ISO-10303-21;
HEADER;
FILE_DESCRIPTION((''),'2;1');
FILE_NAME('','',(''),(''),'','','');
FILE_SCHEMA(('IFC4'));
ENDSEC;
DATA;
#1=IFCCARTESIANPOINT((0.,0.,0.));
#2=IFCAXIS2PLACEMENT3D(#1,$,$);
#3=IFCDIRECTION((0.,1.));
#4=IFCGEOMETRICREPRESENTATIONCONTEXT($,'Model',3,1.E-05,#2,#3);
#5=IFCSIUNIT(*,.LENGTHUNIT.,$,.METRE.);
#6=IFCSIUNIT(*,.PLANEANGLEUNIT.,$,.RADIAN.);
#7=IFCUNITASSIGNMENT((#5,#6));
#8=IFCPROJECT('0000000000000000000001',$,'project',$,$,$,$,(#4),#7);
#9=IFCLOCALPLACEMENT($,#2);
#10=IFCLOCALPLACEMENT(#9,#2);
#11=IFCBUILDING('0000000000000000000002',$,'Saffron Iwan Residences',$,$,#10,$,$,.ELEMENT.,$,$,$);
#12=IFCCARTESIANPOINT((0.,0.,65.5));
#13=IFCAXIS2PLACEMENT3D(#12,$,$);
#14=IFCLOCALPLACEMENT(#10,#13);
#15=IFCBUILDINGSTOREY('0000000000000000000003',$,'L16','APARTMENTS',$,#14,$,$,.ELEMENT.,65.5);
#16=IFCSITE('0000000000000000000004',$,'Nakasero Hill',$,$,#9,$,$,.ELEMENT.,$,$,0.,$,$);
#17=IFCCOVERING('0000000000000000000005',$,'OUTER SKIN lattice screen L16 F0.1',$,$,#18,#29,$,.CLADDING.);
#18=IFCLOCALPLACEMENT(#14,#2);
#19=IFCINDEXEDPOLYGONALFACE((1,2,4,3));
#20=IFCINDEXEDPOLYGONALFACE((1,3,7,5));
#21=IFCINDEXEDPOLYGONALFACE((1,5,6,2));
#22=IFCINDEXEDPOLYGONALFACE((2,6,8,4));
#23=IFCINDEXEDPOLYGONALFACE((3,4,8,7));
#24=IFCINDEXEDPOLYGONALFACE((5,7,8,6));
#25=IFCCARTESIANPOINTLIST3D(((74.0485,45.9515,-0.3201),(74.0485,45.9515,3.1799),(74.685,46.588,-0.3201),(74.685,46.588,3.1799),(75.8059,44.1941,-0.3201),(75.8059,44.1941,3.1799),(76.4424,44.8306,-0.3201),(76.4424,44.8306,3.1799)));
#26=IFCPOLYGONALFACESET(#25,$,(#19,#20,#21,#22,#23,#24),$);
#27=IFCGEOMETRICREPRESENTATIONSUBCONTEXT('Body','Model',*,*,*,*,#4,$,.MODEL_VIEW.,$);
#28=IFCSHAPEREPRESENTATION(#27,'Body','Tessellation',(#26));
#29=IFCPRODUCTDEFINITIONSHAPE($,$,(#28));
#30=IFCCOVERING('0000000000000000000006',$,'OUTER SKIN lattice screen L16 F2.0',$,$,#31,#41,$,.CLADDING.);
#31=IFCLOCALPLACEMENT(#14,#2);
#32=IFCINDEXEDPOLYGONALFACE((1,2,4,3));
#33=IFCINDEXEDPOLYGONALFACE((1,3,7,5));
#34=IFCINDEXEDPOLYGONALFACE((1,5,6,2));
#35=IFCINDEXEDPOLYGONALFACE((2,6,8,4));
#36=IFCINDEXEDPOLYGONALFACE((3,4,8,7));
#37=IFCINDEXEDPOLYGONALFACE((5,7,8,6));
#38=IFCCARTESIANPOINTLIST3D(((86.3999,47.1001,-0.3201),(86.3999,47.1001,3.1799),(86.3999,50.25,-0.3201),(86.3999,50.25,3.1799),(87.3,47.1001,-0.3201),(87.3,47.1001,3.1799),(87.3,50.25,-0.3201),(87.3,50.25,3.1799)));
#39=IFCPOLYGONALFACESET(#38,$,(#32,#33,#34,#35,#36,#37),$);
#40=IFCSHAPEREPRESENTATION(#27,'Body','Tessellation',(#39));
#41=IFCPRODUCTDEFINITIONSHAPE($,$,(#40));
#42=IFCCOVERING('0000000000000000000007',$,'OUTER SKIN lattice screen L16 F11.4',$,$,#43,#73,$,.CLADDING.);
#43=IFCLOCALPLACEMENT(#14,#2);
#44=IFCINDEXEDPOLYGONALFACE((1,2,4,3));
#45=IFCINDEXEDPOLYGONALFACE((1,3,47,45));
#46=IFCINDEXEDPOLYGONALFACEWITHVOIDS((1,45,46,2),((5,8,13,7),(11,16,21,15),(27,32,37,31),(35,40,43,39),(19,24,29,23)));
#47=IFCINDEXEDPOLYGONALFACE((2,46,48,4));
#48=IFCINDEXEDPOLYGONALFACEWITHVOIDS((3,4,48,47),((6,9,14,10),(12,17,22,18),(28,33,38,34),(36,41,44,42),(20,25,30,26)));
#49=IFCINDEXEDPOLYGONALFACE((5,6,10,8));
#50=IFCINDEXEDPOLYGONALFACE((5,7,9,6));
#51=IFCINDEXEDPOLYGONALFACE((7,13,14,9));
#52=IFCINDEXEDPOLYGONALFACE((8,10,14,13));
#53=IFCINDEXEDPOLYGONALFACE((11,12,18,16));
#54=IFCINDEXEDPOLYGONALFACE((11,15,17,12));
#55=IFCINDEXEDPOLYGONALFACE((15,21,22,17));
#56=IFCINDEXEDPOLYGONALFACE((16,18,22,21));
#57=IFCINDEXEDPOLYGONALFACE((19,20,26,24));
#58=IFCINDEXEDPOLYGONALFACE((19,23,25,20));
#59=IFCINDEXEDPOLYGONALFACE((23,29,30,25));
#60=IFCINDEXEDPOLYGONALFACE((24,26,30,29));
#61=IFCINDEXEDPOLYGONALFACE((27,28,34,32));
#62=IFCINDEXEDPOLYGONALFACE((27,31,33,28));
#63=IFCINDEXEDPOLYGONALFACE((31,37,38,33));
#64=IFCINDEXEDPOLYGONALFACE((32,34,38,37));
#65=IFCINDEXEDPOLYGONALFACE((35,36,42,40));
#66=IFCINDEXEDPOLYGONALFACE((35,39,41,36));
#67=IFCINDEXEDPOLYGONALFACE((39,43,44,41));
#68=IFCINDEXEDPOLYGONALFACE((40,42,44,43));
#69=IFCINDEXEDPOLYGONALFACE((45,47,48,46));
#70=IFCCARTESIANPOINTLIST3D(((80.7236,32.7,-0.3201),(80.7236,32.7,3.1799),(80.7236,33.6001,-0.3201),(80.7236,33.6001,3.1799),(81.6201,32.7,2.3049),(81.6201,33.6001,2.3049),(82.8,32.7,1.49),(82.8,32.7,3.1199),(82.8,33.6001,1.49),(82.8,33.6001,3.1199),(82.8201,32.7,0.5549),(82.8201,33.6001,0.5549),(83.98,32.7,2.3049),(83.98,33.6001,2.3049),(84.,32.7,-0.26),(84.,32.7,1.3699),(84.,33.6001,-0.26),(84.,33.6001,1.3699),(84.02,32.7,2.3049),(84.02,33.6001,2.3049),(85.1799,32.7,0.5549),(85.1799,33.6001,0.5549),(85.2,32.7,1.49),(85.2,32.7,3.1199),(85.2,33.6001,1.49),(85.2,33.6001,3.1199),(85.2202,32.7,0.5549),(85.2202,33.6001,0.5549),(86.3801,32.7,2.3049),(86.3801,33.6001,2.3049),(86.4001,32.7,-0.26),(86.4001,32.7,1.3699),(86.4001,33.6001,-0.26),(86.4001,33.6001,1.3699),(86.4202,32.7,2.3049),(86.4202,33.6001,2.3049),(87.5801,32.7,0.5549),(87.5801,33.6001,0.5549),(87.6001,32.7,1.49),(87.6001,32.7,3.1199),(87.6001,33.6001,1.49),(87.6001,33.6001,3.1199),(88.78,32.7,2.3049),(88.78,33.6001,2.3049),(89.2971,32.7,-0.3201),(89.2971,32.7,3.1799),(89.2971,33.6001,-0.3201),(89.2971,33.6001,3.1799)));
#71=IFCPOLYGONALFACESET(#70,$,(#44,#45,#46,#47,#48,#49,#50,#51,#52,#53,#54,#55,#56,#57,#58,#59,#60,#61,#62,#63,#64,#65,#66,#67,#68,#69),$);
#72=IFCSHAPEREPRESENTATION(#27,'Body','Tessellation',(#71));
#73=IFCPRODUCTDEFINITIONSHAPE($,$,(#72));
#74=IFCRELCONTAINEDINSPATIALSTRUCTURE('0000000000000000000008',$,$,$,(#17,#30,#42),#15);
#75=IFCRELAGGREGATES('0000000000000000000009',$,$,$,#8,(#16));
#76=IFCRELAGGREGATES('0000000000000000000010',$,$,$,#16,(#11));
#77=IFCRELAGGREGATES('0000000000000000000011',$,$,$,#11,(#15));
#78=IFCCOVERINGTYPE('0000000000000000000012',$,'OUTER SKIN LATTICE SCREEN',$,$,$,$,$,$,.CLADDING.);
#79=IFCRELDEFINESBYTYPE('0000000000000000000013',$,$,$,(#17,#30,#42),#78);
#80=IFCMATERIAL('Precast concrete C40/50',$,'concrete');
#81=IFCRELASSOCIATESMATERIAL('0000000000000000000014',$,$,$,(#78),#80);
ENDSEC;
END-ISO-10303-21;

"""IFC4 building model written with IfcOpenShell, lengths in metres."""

from ifc_helpers import new_model, si_unit, direction, frame, origin, place, context, subcontext, project, spatial, polyline, outline, extrude, material, type_object, element, save


model = new_model("IFC4")

# Units and contexts
model_context = context("Model", 3, precision=1e-05, world=origin(), true_north=direction((0.0, 1.0)))
body_context = subcontext(model_context, "Body", "Model", "MODEL_VIEW")
ifc_project = project(units=[si_unit("LENGTHUNIT", "METRE"), si_unit("PLANEANGLEUNIT", "RADIAN")], contexts=[model_context])

# Site, building, storey
site_placement = place(None, origin())
site = spatial("IfcSite", under=ifc_project, at=site_placement, Name="Nakasero Hill", CompositionType="ELEMENT", RefElevation=0.0)
building_placement = place(site_placement, origin())
building = spatial("IfcBuilding", under=site, at=building_placement, Name="Saffron Iwan Residences", CompositionType="ELEMENT")
storey_placement = place(building_placement, frame((0.0, 0.0, 65.5)))
storey = spatial("IfcBuildingStorey", under=building, at=storey_placement, Name="L16", Description="APARTMENTS", CompositionType="ELEMENT", Elevation=65.5)

# Coverings
ifc_material_1 = material(Name="Precast concrete C40/50", Category="concrete")
covering_type = type_object("IfcCoveringType", Name="OUTER SKIN LATTICE SCREEN", PredefinedType="CLADDING", material=ifc_material_1)
covering_1_placement = place(storey_placement, frame((75.8059, 44.1941, -0.3201), z_axis=(0.707107, 0.707107, 0.0), x_axis=(-0.707107, 0.707107, 0.0)))
element("IfcCovering", 1, at=covering_1_placement, inside=storey, type_object=covering_type, Name="OUTER SKIN lattice screen L16 F0.1", PredefinedType="CLADDING", context=body_context, shape_type="SweptSolid", body=[
    extrude(outline(polyline([(0.0, 0.0), (2.4854, 0.0), (2.4854, 3.5), (0.0, 3.5), (0.0, 0.0)])), origin(), (0.0, 0.0, 1.0), 0.9001),
])
covering_2_placement = place(storey_placement, frame((86.3999, 47.1001, -0.3201), z_axis=(1.0, 0.0, 0.0), x_axis=(0.0, 1.0, 0.0)))
element("IfcCovering", 2, at=covering_2_placement, inside=storey, type_object=covering_type, Name="OUTER SKIN lattice screen L16 F2.0", PredefinedType="CLADDING", context=body_context, shape_type="SweptSolid", body=[
    extrude(outline(polyline([(0.0, 0.0), (3.1499, 0.0), (3.1499, 3.5), (0.0, 3.5), (0.0, 0.0)])), origin(), (0.0, 0.0, 1.0), 0.9001),
])
covering_3_placement = place(storey_placement, frame((80.7236, 33.6001, -0.3201), z_axis=(0.0, -1.0, 0.0), x_axis=(1.0, 0.0, 0.0)))
element("IfcCovering", 3, at=covering_3_placement, inside=storey, type_object=covering_type, Name="OUTER SKIN lattice screen L16 F11.4", PredefinedType="CLADDING", context=body_context, shape_type="SweptSolid", body=[
    extrude(outline(polyline([(0.0, 0.0), (8.5735, 0.0), (8.5735, 3.5), (0.0, 3.5), (0.0, 0.0)]), holes=[polyline([(2.0964, 0.875), (3.2764, 0.0601), (4.4563, 0.875), (3.2764, 1.6899), (2.0964, 0.875)]), polyline([(4.4966, 0.875), (5.6765, 0.0601), (6.8564, 0.875), (5.6765, 1.6899), (4.4966, 0.875)]), polyline([(0.8965, 2.625), (2.0764, 1.8101), (3.2563, 2.625), (2.0764, 3.4399), (0.8965, 2.625)]), polyline([(3.2964, 2.625), (4.4763, 1.8101), (5.6565, 2.625), (4.4763, 3.4399), (3.2964, 2.625)]), polyline([(5.6965, 2.625), (6.8765, 1.8101), (8.0564, 2.625), (6.8765, 3.4399), (5.6965, 2.625)])]), origin(), (0.0, 0.0, 1.0), 0.9001),
])

save(model, "model.ifc")
